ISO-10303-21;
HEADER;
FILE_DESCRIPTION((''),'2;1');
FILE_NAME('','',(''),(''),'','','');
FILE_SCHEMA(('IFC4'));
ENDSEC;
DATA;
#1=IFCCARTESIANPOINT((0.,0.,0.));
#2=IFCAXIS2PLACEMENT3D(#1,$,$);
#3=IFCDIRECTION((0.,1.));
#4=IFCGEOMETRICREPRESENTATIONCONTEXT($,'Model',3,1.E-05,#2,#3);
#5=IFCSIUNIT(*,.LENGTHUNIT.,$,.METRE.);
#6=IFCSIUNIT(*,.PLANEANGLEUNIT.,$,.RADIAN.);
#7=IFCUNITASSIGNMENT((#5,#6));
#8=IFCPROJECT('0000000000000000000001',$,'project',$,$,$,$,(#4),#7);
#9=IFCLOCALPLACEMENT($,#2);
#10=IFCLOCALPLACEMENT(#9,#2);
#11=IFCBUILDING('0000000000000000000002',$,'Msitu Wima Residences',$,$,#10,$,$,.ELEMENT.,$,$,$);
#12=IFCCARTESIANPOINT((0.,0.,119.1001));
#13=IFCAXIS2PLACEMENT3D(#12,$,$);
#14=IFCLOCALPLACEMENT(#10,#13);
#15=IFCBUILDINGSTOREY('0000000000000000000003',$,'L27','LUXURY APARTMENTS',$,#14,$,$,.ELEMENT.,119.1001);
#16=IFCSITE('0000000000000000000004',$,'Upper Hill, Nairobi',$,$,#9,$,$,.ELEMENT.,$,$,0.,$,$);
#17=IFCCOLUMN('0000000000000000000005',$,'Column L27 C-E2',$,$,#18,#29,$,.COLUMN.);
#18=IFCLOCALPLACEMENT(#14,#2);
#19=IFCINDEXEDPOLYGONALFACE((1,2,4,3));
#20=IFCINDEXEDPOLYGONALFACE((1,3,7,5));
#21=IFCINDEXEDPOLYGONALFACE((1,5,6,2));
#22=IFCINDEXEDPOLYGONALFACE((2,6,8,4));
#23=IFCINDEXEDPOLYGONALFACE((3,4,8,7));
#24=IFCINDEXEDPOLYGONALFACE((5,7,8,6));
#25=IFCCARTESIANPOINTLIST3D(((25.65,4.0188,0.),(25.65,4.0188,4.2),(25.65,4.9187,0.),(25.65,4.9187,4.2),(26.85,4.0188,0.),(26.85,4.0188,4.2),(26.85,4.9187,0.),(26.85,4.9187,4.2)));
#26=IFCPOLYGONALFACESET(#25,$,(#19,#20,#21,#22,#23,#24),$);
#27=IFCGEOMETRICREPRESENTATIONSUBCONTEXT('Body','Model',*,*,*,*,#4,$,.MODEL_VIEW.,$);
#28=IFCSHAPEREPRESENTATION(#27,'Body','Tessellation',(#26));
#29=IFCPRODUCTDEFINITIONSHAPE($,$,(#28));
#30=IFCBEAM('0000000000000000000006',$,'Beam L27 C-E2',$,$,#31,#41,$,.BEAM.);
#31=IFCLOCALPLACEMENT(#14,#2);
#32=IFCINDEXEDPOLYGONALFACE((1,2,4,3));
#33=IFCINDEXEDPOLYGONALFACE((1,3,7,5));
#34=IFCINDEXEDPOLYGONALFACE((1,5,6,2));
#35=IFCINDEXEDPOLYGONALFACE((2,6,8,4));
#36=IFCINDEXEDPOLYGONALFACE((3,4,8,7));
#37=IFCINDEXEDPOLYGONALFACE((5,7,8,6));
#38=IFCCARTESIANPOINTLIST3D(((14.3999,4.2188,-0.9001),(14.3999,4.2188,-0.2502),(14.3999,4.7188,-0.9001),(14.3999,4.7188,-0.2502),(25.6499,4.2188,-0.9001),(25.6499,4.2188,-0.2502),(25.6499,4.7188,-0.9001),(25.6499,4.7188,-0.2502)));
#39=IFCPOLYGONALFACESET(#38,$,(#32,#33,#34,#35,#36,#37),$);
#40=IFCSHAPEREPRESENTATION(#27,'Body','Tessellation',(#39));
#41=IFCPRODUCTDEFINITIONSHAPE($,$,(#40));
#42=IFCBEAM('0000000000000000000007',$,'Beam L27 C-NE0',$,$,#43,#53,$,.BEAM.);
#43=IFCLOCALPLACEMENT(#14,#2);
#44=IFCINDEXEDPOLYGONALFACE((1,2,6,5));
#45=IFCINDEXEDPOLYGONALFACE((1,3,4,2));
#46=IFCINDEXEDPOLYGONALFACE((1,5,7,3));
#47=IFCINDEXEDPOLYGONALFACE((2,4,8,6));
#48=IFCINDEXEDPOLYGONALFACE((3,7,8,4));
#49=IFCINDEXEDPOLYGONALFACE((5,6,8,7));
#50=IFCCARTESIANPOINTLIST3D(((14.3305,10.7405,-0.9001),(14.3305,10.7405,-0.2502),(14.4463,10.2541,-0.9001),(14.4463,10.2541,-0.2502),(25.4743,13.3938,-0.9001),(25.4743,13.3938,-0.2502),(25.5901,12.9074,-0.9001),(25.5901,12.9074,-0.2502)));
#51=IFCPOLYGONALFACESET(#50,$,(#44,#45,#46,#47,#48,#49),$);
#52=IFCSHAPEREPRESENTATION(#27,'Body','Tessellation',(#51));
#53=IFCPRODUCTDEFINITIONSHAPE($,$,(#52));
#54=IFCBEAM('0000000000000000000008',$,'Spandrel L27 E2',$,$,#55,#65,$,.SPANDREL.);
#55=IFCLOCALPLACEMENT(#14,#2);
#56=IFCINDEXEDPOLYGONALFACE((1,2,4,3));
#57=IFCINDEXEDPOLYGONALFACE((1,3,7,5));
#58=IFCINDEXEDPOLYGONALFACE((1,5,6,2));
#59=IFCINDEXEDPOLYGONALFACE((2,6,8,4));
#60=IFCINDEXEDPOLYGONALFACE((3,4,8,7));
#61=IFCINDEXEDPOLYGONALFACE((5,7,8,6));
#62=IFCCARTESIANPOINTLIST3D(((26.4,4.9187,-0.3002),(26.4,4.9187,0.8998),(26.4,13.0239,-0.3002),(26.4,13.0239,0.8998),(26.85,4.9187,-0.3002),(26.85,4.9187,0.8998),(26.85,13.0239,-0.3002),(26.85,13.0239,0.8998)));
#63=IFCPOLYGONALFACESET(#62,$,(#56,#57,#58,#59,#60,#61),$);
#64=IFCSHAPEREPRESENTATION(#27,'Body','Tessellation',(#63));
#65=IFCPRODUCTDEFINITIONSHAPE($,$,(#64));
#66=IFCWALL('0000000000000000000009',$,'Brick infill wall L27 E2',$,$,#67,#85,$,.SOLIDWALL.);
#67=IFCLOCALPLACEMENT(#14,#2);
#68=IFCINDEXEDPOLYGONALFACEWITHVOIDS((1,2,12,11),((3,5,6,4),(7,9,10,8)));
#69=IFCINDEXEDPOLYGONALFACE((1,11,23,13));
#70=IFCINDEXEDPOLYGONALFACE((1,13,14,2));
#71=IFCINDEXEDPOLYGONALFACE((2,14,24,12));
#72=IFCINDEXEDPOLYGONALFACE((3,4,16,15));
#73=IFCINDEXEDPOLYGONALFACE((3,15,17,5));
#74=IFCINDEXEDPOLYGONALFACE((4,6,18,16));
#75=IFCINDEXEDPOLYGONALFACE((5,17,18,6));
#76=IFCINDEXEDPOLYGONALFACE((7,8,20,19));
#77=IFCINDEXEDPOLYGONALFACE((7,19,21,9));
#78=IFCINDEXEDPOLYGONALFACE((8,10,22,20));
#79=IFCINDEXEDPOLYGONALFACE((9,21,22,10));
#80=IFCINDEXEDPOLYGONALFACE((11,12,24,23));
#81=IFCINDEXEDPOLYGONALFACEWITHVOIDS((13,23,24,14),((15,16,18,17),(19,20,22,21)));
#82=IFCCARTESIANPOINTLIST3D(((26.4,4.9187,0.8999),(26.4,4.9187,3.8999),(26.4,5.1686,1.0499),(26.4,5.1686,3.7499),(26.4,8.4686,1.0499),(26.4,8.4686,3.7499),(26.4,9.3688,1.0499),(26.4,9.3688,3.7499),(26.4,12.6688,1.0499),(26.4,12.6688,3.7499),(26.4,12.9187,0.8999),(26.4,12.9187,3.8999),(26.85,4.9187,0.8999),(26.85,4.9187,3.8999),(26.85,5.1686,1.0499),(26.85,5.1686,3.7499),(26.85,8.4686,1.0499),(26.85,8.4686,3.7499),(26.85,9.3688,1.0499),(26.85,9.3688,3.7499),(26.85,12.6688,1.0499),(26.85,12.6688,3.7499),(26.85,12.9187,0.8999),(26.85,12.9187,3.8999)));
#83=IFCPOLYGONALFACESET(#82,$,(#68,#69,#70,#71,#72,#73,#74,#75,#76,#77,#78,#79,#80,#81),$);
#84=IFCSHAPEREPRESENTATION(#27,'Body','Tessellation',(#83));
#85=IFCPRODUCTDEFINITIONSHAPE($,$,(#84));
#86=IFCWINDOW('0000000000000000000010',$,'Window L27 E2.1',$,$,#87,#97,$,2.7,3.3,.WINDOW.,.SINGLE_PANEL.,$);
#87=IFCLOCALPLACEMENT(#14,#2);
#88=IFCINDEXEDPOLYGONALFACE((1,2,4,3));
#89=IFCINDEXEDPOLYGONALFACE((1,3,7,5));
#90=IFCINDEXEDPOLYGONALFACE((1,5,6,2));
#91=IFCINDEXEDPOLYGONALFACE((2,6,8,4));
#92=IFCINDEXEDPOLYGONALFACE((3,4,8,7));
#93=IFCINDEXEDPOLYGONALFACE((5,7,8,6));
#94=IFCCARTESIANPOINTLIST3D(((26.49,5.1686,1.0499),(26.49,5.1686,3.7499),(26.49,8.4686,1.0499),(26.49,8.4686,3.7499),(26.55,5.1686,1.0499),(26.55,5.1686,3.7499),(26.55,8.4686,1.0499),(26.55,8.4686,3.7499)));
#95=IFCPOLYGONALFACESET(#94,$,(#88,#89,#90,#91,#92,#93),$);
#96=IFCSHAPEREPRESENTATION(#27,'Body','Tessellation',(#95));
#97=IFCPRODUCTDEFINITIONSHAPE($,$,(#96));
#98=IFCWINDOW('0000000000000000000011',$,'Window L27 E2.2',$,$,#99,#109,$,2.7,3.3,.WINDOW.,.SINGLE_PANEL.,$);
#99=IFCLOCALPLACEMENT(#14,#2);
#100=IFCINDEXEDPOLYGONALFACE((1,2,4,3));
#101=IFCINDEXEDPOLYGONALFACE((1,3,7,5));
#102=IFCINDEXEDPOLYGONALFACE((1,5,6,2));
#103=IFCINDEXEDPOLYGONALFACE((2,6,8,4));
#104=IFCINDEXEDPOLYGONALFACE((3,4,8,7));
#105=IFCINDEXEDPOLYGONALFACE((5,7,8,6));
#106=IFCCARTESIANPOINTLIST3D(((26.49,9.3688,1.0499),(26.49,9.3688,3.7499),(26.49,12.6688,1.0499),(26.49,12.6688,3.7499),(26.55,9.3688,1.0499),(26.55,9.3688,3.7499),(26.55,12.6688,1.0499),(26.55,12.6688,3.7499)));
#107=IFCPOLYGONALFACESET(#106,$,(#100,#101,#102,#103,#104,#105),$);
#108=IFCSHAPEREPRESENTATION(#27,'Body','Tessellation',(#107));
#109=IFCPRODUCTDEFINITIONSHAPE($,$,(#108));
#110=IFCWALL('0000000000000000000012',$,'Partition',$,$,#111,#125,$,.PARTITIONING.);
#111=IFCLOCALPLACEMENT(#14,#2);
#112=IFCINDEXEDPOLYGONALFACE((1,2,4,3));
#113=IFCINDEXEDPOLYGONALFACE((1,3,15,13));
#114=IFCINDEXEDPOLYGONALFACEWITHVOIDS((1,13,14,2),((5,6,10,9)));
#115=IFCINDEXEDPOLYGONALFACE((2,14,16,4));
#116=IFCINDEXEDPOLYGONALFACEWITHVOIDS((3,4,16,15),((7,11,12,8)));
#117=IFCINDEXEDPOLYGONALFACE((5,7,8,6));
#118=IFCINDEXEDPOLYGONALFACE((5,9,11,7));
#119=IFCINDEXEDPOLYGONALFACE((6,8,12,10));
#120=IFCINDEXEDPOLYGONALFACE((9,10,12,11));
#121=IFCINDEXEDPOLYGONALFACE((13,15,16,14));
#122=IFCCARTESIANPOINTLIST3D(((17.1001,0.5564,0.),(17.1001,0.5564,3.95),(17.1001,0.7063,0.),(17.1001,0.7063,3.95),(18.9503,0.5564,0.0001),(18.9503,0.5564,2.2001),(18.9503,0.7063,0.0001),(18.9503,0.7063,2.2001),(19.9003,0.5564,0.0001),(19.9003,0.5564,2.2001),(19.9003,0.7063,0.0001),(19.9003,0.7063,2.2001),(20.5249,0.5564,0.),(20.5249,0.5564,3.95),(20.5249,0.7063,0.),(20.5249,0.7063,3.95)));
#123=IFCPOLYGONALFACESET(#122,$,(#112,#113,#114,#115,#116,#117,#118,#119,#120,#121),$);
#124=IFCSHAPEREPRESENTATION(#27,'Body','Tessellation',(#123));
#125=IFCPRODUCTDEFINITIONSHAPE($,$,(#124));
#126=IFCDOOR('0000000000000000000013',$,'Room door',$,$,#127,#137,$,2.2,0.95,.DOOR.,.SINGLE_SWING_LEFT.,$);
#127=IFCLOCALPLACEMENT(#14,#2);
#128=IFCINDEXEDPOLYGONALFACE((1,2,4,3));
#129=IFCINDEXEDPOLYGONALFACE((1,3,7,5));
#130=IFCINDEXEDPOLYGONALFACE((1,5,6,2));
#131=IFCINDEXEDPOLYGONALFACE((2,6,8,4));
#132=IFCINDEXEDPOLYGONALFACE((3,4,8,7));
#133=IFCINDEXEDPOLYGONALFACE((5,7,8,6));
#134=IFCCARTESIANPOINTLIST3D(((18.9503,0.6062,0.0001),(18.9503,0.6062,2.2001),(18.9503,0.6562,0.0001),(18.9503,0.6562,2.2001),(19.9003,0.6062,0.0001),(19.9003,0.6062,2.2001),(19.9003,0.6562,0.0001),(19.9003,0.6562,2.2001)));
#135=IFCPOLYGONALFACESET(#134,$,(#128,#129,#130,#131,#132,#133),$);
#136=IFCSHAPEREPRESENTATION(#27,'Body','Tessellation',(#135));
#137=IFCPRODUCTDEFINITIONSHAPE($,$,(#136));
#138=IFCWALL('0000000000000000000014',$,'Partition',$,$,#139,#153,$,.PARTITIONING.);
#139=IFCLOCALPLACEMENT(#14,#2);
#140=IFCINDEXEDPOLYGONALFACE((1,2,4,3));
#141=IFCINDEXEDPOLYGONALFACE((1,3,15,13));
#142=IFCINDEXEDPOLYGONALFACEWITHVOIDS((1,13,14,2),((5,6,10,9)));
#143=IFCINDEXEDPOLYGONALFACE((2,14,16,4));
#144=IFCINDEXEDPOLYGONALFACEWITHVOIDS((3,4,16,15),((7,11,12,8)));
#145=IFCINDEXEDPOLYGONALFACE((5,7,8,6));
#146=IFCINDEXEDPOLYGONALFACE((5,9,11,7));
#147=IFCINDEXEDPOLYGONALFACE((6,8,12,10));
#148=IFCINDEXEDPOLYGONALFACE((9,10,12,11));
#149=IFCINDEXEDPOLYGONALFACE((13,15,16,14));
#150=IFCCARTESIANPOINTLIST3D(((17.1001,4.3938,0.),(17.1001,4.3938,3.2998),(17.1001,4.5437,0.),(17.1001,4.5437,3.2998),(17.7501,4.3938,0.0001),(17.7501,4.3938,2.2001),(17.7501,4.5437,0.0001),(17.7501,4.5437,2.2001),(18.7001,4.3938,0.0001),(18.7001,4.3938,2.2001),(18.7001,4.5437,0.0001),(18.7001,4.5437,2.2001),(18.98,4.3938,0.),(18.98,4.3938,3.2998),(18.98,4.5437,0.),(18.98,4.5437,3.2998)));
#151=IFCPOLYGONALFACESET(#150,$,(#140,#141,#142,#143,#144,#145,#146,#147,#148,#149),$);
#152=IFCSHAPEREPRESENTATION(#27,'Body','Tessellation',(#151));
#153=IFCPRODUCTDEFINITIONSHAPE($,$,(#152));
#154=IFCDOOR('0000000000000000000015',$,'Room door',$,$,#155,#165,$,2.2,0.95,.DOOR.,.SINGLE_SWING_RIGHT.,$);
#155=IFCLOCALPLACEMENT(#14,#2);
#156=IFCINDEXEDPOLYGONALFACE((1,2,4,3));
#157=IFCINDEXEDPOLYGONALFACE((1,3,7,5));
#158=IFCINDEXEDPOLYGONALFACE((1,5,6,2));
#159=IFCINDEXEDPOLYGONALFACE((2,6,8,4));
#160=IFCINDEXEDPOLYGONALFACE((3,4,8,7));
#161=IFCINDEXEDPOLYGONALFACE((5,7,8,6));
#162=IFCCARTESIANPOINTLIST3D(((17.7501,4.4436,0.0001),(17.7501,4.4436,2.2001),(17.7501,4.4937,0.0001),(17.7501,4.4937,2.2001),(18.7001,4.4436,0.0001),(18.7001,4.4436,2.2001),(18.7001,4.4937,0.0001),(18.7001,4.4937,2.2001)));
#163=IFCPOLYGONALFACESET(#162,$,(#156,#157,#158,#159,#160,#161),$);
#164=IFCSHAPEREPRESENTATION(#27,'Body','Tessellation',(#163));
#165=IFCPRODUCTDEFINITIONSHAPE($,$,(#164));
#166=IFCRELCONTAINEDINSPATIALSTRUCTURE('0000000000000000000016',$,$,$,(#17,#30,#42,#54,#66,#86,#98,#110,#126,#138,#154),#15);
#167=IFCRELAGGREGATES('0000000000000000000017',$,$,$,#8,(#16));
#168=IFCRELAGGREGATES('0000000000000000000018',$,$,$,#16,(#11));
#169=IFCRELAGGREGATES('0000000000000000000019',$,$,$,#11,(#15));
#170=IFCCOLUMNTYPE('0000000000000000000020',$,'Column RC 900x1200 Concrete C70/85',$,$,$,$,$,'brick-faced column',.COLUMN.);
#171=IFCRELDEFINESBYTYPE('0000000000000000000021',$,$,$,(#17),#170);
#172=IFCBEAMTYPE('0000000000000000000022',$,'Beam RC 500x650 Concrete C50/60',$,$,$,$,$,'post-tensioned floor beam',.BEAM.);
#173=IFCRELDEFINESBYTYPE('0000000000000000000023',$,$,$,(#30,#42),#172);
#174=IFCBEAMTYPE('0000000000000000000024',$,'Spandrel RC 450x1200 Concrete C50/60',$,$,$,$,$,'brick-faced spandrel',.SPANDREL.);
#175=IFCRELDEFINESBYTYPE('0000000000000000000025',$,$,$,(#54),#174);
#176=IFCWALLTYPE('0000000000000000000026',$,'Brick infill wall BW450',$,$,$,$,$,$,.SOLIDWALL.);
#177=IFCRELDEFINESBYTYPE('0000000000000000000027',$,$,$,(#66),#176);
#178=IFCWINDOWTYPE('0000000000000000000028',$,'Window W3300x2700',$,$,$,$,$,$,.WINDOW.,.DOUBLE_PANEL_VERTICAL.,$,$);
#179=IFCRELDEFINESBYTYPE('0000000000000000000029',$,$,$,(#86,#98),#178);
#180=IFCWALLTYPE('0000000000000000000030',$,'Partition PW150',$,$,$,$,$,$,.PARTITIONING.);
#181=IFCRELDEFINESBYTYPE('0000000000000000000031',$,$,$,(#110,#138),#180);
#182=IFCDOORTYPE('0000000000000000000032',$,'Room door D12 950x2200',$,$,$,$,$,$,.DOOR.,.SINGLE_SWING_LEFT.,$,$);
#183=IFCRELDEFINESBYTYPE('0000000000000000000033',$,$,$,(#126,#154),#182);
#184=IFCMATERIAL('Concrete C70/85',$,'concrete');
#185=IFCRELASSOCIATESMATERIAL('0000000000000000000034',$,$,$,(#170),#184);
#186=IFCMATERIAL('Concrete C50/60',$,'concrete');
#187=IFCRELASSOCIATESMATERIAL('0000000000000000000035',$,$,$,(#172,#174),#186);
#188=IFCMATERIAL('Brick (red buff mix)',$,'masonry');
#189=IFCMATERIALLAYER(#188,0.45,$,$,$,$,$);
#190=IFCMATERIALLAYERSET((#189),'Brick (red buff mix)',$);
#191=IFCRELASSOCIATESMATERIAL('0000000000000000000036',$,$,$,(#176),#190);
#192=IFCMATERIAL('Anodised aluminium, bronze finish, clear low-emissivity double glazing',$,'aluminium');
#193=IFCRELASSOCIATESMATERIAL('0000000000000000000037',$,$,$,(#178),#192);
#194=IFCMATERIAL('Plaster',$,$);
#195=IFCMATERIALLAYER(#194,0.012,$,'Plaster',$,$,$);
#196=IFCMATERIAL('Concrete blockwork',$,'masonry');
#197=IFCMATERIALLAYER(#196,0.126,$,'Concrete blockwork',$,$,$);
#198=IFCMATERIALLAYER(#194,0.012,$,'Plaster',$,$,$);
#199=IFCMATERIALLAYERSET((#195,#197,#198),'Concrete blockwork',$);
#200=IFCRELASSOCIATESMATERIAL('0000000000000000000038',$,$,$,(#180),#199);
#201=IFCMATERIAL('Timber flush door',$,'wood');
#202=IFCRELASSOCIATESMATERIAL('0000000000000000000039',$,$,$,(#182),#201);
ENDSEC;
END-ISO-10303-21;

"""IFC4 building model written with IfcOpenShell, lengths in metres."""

from ifc_helpers import new_model, si_unit, direction, frame, frame_2d, origin, origin_2d, place, context, subcontext, project, spatial, rectangle, extrude, material, layer, layer_set, material_profile, profile_set, type_object, element, fill, save


model = new_model("IFC4")

# Units and contexts
model_context = context("Model", 3, precision=1e-05, world=origin(), true_north=direction((0.0, 1.0)))
body_context = subcontext(model_context, "Body", "Model", "MODEL_VIEW")
ifc_project = project(units=[si_unit("LENGTHUNIT", "METRE"), si_unit("PLANEANGLEUNIT", "RADIAN")], contexts=[model_context])

# Site, building, storey
site_placement = place(None, origin())
site = spatial("IfcSite", under=ifc_project, at=site_placement, Name="Upper Hill, Nairobi", CompositionType="ELEMENT", RefElevation=0.0)
building_placement = place(site_placement, origin())
building = spatial("IfcBuilding", under=site, at=building_placement, Name="Msitu Wima Residences", CompositionType="ELEMENT")
storey_placement = place(building_placement, frame((0.0, 0.0, 119.1001)))
storey = spatial("IfcBuildingStorey", under=building, at=storey_placement, Name="L27", Description="LUXURY APARTMENTS", CompositionType="ELEMENT", Elevation=119.1001)

# Column
ifc_material_1 = material(Name="Concrete C70/85", Category="concrete")
ifc_material_profile_1 = material_profile(ifc_material_1, rectangle(XDim=0.8999, YDim=1.2, at=origin_2d()), Name="RC 900x1200")
ifc_profile_set_1 = profile_set([ifc_material_profile_1], Name="Concrete C70/85")
column_type = type_object("IfcColumnType", Name="Column RC 900x1200 Concrete C70/85", ElementType="brick-faced column", PredefinedType="COLUMN", material=ifc_profile_set_1)
column_placement = place(storey_placement, frame((26.25, 4.4688, 0.0), z_axis=(0.0, 0.0, 1.0), x_axis=(0.0, 1.0, 0.0)))
element("IfcColumn", 1, at=column_placement, inside=storey, type_object=column_type, Name="Column L27 C-E2", PredefinedType="COLUMN", context=body_context, shape_type="SweptSolid", body=[
    extrude(rectangle(XDim=0.8999, YDim=1.2, at=origin_2d()), origin(), (0.0, 0.0, 1.0), 4.2),
])

# Beams
ifc_material_2 = material(Name="Concrete C50/60", Category="concrete")
ifc_material_profile_2 = material_profile(ifc_material_2, rectangle(XDim=0.5, YDim=0.6499, at=origin_2d()), Name="RC 500x650")
ifc_profile_set_2 = profile_set([ifc_material_profile_2], Name="Concrete C50/60")
beam_type_1 = type_object("IfcBeamType", Name="Beam RC 500x650 Concrete C50/60", ElementType="post-tensioned floor beam", PredefinedType="BEAM", material=ifc_profile_set_2)
beam_1_placement = place(storey_placement, frame((25.6499, 4.4688, -0.5752), z_axis=(-1.0, 0.0, 0.0), x_axis=(0.0, -1.0, 0.0)))
element("IfcBeam", 2, at=beam_1_placement, inside=storey, type_object=beam_type_1, Name="Beam L27 C-E2", PredefinedType="BEAM", context=body_context, shape_type="SweptSolid", body=[
    extrude(rectangle(XDim=0.5, YDim=0.6499, at=origin_2d()), origin(), (0.0, 0.0, 1.0), 11.25),
])
beam_2_placement = place(storey_placement, frame((25.5322, 13.1506, -0.5752), z_axis=(-0.972806, -0.231623, 0.0), x_axis=(0.231623, -0.972806, 0.0)))
element("IfcBeam", 3, at=beam_2_placement, inside=storey, type_object=beam_type_1, Name="Beam L27 C-NE0", PredefinedType="BEAM", context=body_context, shape_type="SweptSolid", body=[
    extrude(rectangle(XDim=0.5, YDim=0.6499, at=origin_2d()), origin(), (0.0, 0.0, 1.0), 11.4553),
])
ifc_material_profile_3 = material_profile(ifc_material_2, rectangle(XDim=0.45, YDim=1.2, at=origin_2d()), Name="RC 450x1200")
ifc_profile_set_3 = profile_set([ifc_material_profile_3], Name="Concrete C50/60")
beam_type_2 = type_object("IfcBeamType", Name="Spandrel RC 450x1200 Concrete C50/60", ElementType="brick-faced spandrel", PredefinedType="SPANDREL", material=ifc_profile_set_3)
beam_3_placement = place(storey_placement, frame((26.625, 4.9187, 0.2998), z_axis=(0.0, 1.0, 0.0), x_axis=(-1.0, 0.0, 0.0)))
element("IfcBeam", 4, at=beam_3_placement, inside=storey, type_object=beam_type_2, Name="Spandrel L27 E2", PredefinedType="SPANDREL", context=body_context, shape_type="SweptSolid", body=[
    extrude(rectangle(XDim=0.45, YDim=1.2, at=origin_2d()), origin(), (0.0, 0.0, 1.0), 8.1052),
])

# Wall, openings, windows
ifc_material_3 = material(Name="Brick (red buff mix)", Category="masonry")
ifc_layer_1 = layer(ifc_material_3, 0.45)
ifc_layer_set_1 = layer_set([ifc_layer_1], Name="Brick (red buff mix)")
wall_type_1 = type_object("IfcWallType", Name="Brick infill wall BW450", PredefinedType="SOLIDWALL", material=ifc_layer_set_1)
wall_1_placement = place(storey_placement, frame((26.625, 4.9187, 0.8999), z_axis=(0.0, 0.0, 1.0), x_axis=(0.0, 1.0, 0.0)))
wall_1 = element("IfcWall", 5, at=wall_1_placement, inside=storey, type_object=wall_type_1, Name="Brick infill wall L27 E2", PredefinedType="SOLIDWALL", context=body_context, shape_type="SweptSolid", body=[
    extrude(rectangle(XDim=8.0, YDim=0.45, at=frame_2d((4.0, 0.0))), origin(), (0.0, 0.0, 1.0), 3.0),
])
opening_1_placement = place(wall_1_placement, frame((0.25, 0.0, 0.1499)))
opening_1 = element("IfcOpeningElement", 6, at=opening_1_placement, cuts=wall_1, PredefinedType="OPENING", context=body_context, shape_type="SweptSolid", body=[
    extrude(rectangle(XDim=3.3, YDim=2.7, at=frame_2d((1.6499, 1.3501))), frame((0.0, 0.2349, 0.0), z_axis=(0.0, -1.0, 0.0), x_axis=(1.0, 0.0, 0.0)), (0.0, 0.0, 1.0), 0.47),
])
opening_2_placement = place(wall_1_placement, frame((4.4502, 0.0, 0.1499)))
opening_2 = element("IfcOpeningElement", 7, at=opening_2_placement, cuts=wall_1, PredefinedType="OPENING", context=body_context, shape_type="SweptSolid", body=[
    extrude(rectangle(XDim=3.3, YDim=2.7, at=frame_2d((1.6499, 1.3501))), frame((0.0, 0.2349, 0.0), z_axis=(0.0, -1.0, 0.0), x_axis=(1.0, 0.0, 0.0)), (0.0, 0.0, 1.0), 0.47),
])
ifc_material_4 = material(Name="Anodised aluminium, bronze finish, clear low-emissivity double glazing", Category="aluminium")
window_type = type_object("IfcWindowType", Name="Window W3300x2700", PartitioningType="DOUBLE_PANEL_VERTICAL", PredefinedType="WINDOW", material=ifc_material_4)
window_1_placement = place(opening_1_placement, origin())
window_1 = element("IfcWindow", 8, at=window_1_placement, inside=storey, type_object=window_type, Name="Window L27 E2.1", OverallHeight=2.7, OverallWidth=3.3, PartitioningType="SINGLE_PANEL", PredefinedType="WINDOW", context=body_context, shape_type="SweptSolid", body=[
    extrude(rectangle(XDim=3.3, YDim=2.7, at=frame_2d((1.6499, 1.3501))), frame((0.0, 0.135, 0.0), z_axis=(0.0, -1.0, 0.0), x_axis=(1.0, 0.0, 0.0)), (0.0, 0.0, 1.0), 0.0601),
])
fill(opening_1, window_1)
window_2_placement = place(opening_2_placement, origin())
window_2 = element("IfcWindow", 9, at=window_2_placement, inside=storey, type_object=window_type, Name="Window L27 E2.2", OverallHeight=2.7, OverallWidth=3.3, PartitioningType="SINGLE_PANEL", PredefinedType="WINDOW", context=body_context, shape_type="SweptSolid", body=[
    extrude(rectangle(XDim=3.3, YDim=2.7, at=frame_2d((1.6499, 1.3501))), frame((0.0, 0.135, 0.0), z_axis=(0.0, -1.0, 0.0), x_axis=(1.0, 0.0, 0.0)), (0.0, 0.0, 1.0), 0.0601),
])
fill(opening_2, window_2)

# Walls, openings, doors
ifc_material_5 = material(Name="Plaster")
ifc_layer_2 = layer(ifc_material_5, 0.012, Name="Plaster")
ifc_material_6 = material(Name="Concrete blockwork", Category="masonry")
ifc_layer_3 = layer(ifc_material_6, 0.126, Name="Concrete blockwork")
ifc_layer_4 = layer(ifc_material_5, 0.012, Name="Plaster")
ifc_layer_set_2 = layer_set([ifc_layer_2, ifc_layer_3, ifc_layer_4], Name="Concrete blockwork")
wall_type_2 = type_object("IfcWallType", Name="Partition PW150", PredefinedType="PARTITIONING", material=ifc_layer_set_2)
wall_2_placement = place(storey_placement, frame((17.1001, 0.6313, 0.0), z_axis=(0.0, 0.0, 1.0), x_axis=(1.0, 0.0, 0.0)))
wall_2 = element("IfcWall", 10, at=wall_2_placement, inside=storey, type_object=wall_type_2, Name="Partition", PredefinedType="PARTITIONING", context=body_context, shape_type="SweptSolid", body=[
    extrude(rectangle(XDim=3.4248, YDim=0.1499, at=frame_2d((1.7124, 0.0))), origin(), (0.0, 0.0, 1.0), 3.95),
])
opening_3_placement = place(wall_2_placement, frame((1.8501, 0.0, 0.0)))
opening_3 = element("IfcOpeningElement", 11, at=opening_3_placement, cuts=wall_2, PredefinedType="OPENING", context=body_context, shape_type="SweptSolid", body=[
    extrude(rectangle(XDim=0.95, YDim=2.2, at=frame_2d((0.4751, 1.1001))), frame((0.0, 0.085, 0.0), z_axis=(0.0, -1.0, 0.0), x_axis=(1.0, 0.0, 0.0)), (0.0, 0.0, 1.0), 0.1699),
])
ifc_material_7 = material(Name="Timber flush door", Category="wood")
door_type_1 = type_object("IfcDoorType", Name="Room door D12 950x2200", OperationType="SINGLE_SWING_LEFT", PredefinedType="DOOR", material=ifc_material_7)
door_1_placement = place(opening_3_placement, origin())
door_1 = element("IfcDoor", 12, at=door_1_placement, inside=storey, type_object=door_type_1, Name="Room door", OperationType="SINGLE_SWING_LEFT", OverallHeight=2.2, OverallWidth=0.95, PredefinedType="DOOR", context=body_context, shape_type="SweptSolid", body=[
    extrude(rectangle(XDim=0.95, YDim=2.2, at=frame_2d((0.4751, 1.1001))), frame((0.0, 0.0249, 0.0), z_axis=(0.0, -1.0, 0.0), x_axis=(1.0, 0.0, 0.0)), (0.0, 0.0, 1.0), 0.05),
])
fill(opening_3, door_1)
wall_3_placement = place(storey_placement, frame((17.1001, 4.4688, 0.0), z_axis=(0.0, 0.0, 1.0), x_axis=(1.0, 0.0, 0.0)))
wall_3 = element("IfcWall", 13, at=wall_3_placement, inside=storey, type_object=wall_type_2, Name="Partition", PredefinedType="PARTITIONING", context=body_context, shape_type="SweptSolid", body=[
    extrude(rectangle(XDim=1.8799, YDim=0.1499, at=frame_2d((0.9399, 0.0))), origin(), (0.0, 0.0, 1.0), 3.2998),
])
opening_4_placement = place(wall_3_placement, frame((0.6499, 0.0, 0.0)))
opening_4 = element("IfcOpeningElement", 14, at=opening_4_placement, cuts=wall_3, PredefinedType="OPENING", context=body_context, shape_type="SweptSolid", body=[
    extrude(rectangle(XDim=0.95, YDim=2.2, at=frame_2d((0.4751, 1.1001))), frame((0.0, 0.085, 0.0), z_axis=(0.0, -1.0, 0.0), x_axis=(1.0, 0.0, 0.0)), (0.0, 0.0, 1.0), 0.1699),
])
door_2_placement = place(opening_4_placement, origin())
door_2 = element("IfcDoor", 15, at=door_2_placement, inside=storey, type_object=door_type_1, Name="Room door", OperationType="SINGLE_SWING_RIGHT", OverallHeight=2.2, OverallWidth=0.95, PredefinedType="DOOR", context=body_context, shape_type="SweptSolid", body=[
    extrude(rectangle(XDim=0.95, YDim=2.2, at=frame_2d((0.4751, 1.1001))), frame((0.0, 0.0249, 0.0), z_axis=(0.0, -1.0, 0.0), x_axis=(1.0, 0.0, 0.0)), (0.0, 0.0, 1.0), 0.05),
])
fill(opening_4, door_2)

save(model, "model.ifc")
